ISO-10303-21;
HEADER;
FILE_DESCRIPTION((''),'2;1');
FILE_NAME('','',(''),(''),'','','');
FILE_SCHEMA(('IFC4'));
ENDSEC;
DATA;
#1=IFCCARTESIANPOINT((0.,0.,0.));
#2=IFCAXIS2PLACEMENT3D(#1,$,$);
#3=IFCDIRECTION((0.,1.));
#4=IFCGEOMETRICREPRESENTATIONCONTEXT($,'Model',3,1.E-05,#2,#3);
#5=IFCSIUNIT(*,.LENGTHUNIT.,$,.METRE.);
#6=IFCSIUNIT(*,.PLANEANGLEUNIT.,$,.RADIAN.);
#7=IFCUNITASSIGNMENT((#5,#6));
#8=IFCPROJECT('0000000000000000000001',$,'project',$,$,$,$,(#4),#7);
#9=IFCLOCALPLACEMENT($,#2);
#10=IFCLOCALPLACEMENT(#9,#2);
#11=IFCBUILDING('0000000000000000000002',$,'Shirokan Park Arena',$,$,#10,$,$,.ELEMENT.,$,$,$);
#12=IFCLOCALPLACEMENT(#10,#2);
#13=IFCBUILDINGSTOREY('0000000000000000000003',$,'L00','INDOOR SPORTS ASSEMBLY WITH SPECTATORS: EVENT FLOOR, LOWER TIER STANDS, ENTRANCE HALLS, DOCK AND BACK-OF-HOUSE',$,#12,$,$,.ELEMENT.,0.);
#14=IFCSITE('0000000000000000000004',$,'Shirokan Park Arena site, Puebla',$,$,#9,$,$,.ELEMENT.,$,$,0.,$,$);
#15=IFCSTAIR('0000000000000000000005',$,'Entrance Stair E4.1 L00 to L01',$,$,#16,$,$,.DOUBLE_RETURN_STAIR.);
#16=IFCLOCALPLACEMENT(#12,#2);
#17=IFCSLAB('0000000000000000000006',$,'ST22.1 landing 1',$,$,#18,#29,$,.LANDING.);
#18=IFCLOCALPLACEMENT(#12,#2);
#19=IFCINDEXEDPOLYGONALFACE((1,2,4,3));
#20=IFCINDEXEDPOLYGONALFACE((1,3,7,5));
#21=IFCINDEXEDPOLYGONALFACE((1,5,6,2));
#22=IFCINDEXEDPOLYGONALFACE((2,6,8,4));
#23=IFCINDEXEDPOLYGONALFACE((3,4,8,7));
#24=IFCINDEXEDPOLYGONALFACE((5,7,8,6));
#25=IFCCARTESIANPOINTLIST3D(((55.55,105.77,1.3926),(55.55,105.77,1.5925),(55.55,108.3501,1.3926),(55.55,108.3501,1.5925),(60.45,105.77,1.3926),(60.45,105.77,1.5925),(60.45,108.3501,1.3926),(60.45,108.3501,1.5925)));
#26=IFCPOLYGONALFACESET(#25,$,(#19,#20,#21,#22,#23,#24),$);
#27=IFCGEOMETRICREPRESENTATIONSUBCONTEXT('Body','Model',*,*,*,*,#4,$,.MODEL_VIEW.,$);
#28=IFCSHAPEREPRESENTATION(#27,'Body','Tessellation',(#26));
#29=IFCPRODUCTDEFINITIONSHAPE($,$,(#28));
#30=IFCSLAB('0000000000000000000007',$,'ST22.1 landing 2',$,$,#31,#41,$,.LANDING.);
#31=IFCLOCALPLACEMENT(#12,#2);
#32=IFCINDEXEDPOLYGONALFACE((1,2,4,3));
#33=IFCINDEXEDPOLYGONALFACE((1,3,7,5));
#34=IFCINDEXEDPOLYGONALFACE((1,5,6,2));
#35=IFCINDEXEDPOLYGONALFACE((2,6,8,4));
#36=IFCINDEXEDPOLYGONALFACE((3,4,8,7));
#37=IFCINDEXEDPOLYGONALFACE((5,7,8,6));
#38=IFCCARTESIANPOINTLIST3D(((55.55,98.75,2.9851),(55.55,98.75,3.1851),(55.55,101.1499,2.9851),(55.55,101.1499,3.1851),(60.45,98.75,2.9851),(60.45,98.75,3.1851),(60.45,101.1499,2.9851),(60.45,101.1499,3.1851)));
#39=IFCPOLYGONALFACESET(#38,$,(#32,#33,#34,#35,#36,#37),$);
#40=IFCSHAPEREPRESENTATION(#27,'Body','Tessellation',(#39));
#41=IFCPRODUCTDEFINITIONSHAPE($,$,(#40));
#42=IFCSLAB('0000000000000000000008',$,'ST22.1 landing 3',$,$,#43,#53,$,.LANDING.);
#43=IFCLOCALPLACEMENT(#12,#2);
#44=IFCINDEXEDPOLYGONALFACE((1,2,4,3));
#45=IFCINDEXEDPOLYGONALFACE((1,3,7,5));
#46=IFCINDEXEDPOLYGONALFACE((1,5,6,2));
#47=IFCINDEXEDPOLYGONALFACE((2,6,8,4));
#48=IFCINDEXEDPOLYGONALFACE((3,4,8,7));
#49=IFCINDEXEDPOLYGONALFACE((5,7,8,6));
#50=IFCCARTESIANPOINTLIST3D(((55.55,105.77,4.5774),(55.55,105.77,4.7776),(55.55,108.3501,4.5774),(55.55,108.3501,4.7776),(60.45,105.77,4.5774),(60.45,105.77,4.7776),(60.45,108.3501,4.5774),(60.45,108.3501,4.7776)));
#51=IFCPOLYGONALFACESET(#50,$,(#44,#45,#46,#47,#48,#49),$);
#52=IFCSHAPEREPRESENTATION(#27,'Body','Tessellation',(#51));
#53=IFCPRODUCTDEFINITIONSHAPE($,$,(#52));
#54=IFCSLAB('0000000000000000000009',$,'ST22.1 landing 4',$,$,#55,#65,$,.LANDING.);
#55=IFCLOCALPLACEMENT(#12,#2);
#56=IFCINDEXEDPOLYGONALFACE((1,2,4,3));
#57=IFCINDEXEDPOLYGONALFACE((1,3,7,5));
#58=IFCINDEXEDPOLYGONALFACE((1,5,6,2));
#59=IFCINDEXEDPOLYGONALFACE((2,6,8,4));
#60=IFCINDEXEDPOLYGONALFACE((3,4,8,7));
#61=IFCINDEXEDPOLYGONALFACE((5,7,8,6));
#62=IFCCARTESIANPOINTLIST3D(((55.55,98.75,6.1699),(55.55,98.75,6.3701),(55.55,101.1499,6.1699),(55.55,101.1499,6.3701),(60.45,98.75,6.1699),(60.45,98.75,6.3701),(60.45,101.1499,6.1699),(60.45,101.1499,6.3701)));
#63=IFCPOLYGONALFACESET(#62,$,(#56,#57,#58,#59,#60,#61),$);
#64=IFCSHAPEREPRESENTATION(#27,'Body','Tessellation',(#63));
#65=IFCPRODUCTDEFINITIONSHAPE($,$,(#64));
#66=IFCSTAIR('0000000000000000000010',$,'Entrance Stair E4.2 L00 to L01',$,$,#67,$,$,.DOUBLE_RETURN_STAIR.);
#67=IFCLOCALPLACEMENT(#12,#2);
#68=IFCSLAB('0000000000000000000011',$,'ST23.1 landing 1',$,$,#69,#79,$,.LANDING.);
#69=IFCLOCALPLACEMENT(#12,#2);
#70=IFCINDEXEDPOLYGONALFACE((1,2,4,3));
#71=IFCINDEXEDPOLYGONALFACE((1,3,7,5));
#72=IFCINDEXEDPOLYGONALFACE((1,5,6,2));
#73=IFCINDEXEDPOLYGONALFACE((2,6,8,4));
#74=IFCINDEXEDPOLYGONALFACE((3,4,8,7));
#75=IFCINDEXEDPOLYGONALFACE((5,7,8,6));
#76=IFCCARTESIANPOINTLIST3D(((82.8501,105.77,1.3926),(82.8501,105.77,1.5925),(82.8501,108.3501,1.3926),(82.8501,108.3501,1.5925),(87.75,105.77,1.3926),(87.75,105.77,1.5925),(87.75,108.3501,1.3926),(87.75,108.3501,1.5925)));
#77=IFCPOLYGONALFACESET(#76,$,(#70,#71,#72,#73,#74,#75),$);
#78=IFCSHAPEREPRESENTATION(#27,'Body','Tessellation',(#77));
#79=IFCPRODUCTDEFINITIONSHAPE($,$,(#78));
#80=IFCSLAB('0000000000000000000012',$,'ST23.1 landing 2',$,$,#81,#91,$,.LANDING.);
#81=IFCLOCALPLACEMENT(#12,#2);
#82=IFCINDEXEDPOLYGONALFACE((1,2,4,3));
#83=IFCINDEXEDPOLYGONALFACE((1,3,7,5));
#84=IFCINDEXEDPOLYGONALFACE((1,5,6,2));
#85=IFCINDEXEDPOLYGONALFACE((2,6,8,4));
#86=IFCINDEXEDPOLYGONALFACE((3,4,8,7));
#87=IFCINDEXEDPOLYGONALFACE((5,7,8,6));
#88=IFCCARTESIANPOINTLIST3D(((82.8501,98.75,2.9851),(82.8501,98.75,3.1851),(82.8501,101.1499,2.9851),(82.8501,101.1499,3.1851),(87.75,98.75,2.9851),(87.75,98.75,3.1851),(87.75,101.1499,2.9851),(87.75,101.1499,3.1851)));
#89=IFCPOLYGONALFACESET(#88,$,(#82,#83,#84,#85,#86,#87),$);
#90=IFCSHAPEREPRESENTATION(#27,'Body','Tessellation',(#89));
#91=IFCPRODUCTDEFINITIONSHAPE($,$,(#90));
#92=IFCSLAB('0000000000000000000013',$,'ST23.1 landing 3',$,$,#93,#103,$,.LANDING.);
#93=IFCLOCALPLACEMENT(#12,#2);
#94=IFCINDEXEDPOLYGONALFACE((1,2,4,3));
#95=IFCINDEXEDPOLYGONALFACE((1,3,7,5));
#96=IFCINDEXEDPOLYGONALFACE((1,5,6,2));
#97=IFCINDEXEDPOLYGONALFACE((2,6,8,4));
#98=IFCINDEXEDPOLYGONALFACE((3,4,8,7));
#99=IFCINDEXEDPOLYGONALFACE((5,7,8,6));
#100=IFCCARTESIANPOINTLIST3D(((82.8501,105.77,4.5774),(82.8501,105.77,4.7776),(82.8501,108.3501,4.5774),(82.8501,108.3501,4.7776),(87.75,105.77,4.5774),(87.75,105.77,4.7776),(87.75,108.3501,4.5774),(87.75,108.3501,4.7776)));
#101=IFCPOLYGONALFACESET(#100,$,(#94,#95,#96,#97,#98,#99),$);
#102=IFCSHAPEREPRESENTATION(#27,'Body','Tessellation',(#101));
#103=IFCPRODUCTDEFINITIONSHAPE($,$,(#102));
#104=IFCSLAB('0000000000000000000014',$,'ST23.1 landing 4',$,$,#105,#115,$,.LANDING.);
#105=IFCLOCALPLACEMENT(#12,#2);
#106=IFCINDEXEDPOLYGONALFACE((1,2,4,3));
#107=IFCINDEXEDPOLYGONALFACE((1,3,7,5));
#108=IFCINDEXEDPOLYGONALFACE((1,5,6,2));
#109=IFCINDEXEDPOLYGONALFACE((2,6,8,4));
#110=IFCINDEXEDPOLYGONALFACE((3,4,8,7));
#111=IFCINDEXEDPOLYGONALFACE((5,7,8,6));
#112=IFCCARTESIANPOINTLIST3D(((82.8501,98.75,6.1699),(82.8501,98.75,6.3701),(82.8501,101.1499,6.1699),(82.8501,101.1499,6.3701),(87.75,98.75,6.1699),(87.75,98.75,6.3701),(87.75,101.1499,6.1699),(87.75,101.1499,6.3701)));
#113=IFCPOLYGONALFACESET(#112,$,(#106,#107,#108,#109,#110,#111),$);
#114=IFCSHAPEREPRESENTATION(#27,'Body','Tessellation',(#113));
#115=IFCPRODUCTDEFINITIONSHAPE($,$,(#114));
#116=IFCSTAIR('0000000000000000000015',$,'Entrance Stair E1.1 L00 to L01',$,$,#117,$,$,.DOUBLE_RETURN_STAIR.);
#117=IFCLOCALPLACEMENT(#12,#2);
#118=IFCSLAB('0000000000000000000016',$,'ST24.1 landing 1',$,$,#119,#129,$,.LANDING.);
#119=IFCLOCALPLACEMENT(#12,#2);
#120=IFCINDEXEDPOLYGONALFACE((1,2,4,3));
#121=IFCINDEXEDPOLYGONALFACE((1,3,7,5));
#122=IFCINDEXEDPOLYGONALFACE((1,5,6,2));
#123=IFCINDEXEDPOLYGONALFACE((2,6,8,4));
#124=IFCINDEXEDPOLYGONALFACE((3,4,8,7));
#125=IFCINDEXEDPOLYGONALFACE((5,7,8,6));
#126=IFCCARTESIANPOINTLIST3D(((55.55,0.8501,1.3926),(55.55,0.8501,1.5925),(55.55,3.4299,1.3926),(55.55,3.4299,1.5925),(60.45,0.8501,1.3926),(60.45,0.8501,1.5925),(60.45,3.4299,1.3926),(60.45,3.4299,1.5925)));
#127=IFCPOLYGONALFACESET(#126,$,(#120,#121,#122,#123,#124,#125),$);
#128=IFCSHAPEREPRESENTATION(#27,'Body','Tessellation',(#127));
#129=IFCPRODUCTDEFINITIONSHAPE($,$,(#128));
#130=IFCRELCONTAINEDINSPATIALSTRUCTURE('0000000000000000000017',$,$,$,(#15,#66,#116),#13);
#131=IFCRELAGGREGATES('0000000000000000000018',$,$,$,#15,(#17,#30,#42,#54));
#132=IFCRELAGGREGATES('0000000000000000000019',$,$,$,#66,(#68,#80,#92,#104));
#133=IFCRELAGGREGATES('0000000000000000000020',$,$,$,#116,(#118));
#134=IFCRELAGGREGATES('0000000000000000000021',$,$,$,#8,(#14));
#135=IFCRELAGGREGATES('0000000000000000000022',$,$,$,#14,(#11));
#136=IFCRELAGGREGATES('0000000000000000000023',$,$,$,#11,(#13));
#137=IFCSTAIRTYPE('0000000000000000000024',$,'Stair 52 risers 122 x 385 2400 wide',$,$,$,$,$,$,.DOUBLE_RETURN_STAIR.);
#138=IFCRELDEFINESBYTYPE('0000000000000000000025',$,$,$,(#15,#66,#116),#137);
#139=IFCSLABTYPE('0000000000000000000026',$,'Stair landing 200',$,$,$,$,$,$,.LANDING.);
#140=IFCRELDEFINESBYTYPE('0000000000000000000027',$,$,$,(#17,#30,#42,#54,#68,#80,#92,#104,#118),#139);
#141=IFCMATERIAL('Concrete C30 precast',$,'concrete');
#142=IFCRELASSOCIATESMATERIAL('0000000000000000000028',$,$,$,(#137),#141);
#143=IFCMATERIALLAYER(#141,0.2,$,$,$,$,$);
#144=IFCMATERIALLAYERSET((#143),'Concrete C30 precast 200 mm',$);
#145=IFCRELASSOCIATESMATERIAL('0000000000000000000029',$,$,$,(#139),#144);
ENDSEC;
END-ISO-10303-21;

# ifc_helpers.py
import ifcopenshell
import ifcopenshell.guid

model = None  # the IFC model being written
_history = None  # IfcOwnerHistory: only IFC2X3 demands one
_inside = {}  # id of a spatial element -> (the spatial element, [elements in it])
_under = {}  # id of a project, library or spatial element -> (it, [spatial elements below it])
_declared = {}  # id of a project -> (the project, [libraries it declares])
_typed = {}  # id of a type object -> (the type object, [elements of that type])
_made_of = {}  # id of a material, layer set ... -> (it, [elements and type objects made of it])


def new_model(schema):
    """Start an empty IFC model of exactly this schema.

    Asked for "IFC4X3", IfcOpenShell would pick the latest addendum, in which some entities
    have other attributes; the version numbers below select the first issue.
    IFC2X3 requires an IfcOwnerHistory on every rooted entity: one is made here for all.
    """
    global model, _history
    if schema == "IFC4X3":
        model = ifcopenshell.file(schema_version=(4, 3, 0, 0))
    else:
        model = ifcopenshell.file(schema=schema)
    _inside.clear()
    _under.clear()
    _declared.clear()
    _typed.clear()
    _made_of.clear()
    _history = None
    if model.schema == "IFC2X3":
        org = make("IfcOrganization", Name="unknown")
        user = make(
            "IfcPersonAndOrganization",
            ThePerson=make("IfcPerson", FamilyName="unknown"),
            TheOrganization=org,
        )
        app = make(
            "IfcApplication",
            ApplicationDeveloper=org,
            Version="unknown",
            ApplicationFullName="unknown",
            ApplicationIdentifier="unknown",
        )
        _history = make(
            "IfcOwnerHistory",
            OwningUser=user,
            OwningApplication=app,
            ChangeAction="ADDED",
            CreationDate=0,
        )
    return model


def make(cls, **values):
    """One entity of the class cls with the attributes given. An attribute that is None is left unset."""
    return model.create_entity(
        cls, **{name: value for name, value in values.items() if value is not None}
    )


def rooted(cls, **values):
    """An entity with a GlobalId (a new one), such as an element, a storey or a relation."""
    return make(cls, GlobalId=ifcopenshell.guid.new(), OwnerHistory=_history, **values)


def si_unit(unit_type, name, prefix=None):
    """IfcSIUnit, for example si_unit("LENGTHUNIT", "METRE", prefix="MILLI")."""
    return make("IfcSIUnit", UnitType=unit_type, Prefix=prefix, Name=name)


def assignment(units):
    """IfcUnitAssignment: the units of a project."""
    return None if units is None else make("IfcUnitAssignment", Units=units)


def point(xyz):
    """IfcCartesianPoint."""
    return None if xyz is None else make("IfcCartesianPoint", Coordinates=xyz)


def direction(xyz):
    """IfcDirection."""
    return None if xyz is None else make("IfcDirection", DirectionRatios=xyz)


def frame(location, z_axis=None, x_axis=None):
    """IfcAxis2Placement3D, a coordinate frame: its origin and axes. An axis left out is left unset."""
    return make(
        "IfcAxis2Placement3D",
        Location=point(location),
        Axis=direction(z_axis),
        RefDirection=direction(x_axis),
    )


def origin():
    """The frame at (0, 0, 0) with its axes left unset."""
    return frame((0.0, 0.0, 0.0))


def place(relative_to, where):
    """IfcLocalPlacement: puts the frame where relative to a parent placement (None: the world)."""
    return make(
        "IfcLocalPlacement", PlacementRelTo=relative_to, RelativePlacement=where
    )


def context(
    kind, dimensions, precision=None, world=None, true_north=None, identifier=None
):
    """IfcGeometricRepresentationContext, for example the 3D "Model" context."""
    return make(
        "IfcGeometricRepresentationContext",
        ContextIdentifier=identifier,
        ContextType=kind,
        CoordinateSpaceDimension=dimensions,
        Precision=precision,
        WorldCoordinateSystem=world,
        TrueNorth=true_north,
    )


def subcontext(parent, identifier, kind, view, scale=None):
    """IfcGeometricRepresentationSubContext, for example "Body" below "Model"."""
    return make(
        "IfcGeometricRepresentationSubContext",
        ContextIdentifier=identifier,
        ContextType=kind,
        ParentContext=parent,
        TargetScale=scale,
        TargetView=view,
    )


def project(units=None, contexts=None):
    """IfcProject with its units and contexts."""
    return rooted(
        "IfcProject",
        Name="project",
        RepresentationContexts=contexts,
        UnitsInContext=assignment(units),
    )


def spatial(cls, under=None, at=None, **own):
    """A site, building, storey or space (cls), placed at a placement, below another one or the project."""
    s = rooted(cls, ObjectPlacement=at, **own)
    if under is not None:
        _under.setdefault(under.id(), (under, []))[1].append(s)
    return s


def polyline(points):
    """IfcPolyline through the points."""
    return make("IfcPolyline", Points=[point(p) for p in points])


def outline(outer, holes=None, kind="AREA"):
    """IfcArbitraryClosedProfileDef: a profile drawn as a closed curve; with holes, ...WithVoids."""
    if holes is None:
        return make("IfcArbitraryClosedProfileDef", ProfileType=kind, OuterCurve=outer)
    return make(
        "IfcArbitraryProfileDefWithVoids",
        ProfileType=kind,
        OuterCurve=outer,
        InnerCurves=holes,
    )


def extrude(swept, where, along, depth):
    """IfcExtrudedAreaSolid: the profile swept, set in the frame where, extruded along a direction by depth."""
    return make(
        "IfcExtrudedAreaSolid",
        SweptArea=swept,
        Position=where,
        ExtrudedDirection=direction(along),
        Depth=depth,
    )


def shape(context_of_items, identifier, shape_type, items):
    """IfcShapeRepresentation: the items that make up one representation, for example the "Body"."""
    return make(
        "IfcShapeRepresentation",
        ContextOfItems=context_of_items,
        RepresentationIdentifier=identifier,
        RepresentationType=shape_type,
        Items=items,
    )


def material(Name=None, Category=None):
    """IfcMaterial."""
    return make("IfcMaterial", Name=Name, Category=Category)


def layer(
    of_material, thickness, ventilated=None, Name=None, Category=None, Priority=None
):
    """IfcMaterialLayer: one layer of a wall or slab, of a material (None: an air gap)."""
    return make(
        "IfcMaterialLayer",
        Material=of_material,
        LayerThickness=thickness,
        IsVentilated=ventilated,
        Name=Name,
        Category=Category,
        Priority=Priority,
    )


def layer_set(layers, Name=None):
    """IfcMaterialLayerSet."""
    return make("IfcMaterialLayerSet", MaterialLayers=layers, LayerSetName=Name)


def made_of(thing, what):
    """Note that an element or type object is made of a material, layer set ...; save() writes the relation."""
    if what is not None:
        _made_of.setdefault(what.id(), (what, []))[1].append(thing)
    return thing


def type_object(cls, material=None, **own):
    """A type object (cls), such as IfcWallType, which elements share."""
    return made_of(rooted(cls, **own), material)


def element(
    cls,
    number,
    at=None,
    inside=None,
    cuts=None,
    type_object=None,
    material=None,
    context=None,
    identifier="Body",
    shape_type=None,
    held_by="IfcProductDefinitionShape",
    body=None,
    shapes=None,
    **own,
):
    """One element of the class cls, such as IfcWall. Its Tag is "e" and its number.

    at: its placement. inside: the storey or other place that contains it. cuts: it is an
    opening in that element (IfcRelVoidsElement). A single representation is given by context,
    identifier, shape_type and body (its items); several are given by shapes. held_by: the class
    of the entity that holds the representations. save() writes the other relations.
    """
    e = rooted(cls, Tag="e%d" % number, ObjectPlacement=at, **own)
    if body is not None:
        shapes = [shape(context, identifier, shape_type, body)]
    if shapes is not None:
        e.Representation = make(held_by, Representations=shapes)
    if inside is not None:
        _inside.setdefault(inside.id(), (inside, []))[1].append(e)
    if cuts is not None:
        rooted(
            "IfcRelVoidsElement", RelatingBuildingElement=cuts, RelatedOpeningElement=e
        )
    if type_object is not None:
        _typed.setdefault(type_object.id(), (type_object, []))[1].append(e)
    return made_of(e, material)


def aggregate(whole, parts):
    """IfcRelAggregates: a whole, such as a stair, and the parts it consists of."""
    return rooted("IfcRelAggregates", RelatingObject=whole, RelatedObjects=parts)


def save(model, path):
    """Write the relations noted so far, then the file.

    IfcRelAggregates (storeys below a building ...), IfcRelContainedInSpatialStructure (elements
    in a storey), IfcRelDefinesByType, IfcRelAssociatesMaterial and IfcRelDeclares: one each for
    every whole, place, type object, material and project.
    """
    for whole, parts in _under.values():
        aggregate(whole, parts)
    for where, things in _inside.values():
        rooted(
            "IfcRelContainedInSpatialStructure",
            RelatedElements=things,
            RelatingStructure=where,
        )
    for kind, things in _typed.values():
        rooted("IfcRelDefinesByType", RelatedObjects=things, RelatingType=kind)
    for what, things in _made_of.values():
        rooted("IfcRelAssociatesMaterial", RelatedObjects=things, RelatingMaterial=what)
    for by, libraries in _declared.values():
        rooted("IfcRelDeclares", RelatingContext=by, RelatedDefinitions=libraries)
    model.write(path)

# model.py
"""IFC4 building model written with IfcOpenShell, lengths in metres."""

from ifc_helpers import new_model, si_unit, direction, frame, origin, place, context, subcontext, project, spatial, polyline, outline, extrude, material, layer, layer_set, type_object, element, aggregate, save


model = new_model("IFC4")

# Units and contexts
model_context = context("Model", 3, precision=1e-05, world=origin(), true_north=direction((0.0, 1.0)))
body_context = subcontext(model_context, "Body", "Model", "MODEL_VIEW")
ifc_project = project(units=[si_unit("LENGTHUNIT", "METRE"), si_unit("PLANEANGLEUNIT", "RADIAN")], contexts=[model_context])

# Site, building, storey
site_placement = place(None, origin())
site = spatial("IfcSite", under=ifc_project, at=site_placement, Name="Shirokan Park Arena site, Puebla", CompositionType="ELEMENT", RefElevation=0.0)
building_placement = place(site_placement, origin())
building = spatial("IfcBuilding", under=site, at=building_placement, Name="Shirokan Park Arena", CompositionType="ELEMENT")
storey_placement = place(building_placement, origin())
storey = spatial("IfcBuildingStorey", under=building, at=storey_placement, Name="L00", Description="INDOOR SPORTS ASSEMBLY WITH SPECTATORS: EVENT FLOOR, LOWER TIER STANDS, ENTRANCE HALLS, DOCK AND BACK-OF-HOUSE", CompositionType="ELEMENT", Elevation=0.0)

# Stairs, slabs
ifc_material = material(Name="Concrete C30 precast", Category="concrete")
stair_type = type_object("IfcStairType", Name="Stair 52 risers 122 x 385 2400 wide", PredefinedType="DOUBLE_RETURN_STAIR", material=ifc_material)
ifc_layer = layer(ifc_material, 0.2)
ifc_layer_set = layer_set([ifc_layer], Name="Concrete C30 precast 200 mm")
slab_type = type_object("IfcSlabType", Name="Stair landing 200", PredefinedType="LANDING", material=ifc_layer_set)
stair_1_placement = place(storey_placement, origin())
stair_1 = element("IfcStair", 1, at=stair_1_placement, inside=storey, type_object=stair_type, Name="Entrance Stair E4.1 L00 to L01", PredefinedType="DOUBLE_RETURN_STAIR")
slab_1_placement = place(storey_placement, frame((0.0, 0.0, 1.3926)))
slab_1 = element("IfcSlab", 2, at=slab_1_placement, type_object=slab_type, Name="ST22.1 landing 1", PredefinedType="LANDING", context=body_context, shape_type="SweptSolid", body=[
    extrude(outline(polyline([(55.55, 105.77), (60.45, 105.77), (60.45, 108.3501), (55.55, 108.3501), (55.55, 105.77)])), origin(), (0.0, 0.0, 1.0), 0.2),
])
slab_2_placement = place(storey_placement, frame((0.0, 0.0, 2.9851)))
slab_2 = element("IfcSlab", 3, at=slab_2_placement, type_object=slab_type, Name="ST22.1 landing 2", PredefinedType="LANDING", context=body_context, shape_type="SweptSolid", body=[
    extrude(outline(polyline([(55.55, 98.75), (60.45, 98.75), (60.45, 101.1499), (55.55, 101.1499), (55.55, 98.75)])), origin(), (0.0, 0.0, 1.0), 0.2),
])
slab_3_placement = place(storey_placement, frame((0.0, 0.0, 4.5774)))
slab_3 = element("IfcSlab", 4, at=slab_3_placement, type_object=slab_type, Name="ST22.1 landing 3", PredefinedType="LANDING", context=body_context, shape_type="SweptSolid", body=[
    extrude(outline(polyline([(55.55, 105.77), (60.45, 105.77), (60.45, 108.3501), (55.55, 108.3501), (55.55, 105.77)])), origin(), (0.0, 0.0, 1.0), 0.2002),
])
slab_4_placement = place(storey_placement, frame((0.0, 0.0, 6.1699)))
slab_4 = element("IfcSlab", 5, at=slab_4_placement, type_object=slab_type, Name="ST22.1 landing 4", PredefinedType="LANDING", context=body_context, shape_type="SweptSolid", body=[
    extrude(outline(polyline([(55.55, 98.75), (60.45, 98.75), (60.45, 101.1499), (55.55, 101.1499), (55.55, 98.75)])), origin(), (0.0, 0.0, 1.0), 0.2002),
])
aggregate(stair_1, [slab_1, slab_2, slab_3, slab_4])
stair_2_placement = place(storey_placement, origin())
stair_2 = element("IfcStair", 6, at=stair_2_placement, inside=storey, type_object=stair_type, Name="Entrance Stair E4.2 L00 to L01", PredefinedType="DOUBLE_RETURN_STAIR")
slab_5_placement = place(storey_placement, frame((0.0, 0.0, 1.3926)))
slab_5 = element("IfcSlab", 7, at=slab_5_placement, type_object=slab_type, Name="ST23.1 landing 1", PredefinedType="LANDING", context=body_context, shape_type="SweptSolid", body=[
    extrude(outline(polyline([(82.8501, 105.77), (87.75, 105.77), (87.75, 108.3501), (82.8501, 108.3501), (82.8501, 105.77)])), origin(), (0.0, 0.0, 1.0), 0.2),
])
slab_6_placement = place(storey_placement, frame((0.0, 0.0, 2.9851)))
slab_6 = element("IfcSlab", 8, at=slab_6_placement, type_object=slab_type, Name="ST23.1 landing 2", PredefinedType="LANDING", context=body_context, shape_type="SweptSolid", body=[
    extrude(outline(polyline([(82.8501, 98.75), (87.75, 98.75), (87.75, 101.1499), (82.8501, 101.1499), (82.8501, 98.75)])), origin(), (0.0, 0.0, 1.0), 0.2),
])
slab_7_placement = place(storey_placement, frame((0.0, 0.0, 4.5774)))
slab_7 = element("IfcSlab", 9, at=slab_7_placement, type_object=slab_type, Name="ST23.1 landing 3", PredefinedType="LANDING", context=body_context, shape_type="SweptSolid", body=[
    extrude(outline(polyline([(82.8501, 105.77), (87.75, 105.77), (87.75, 108.3501), (82.8501, 108.3501), (82.8501, 105.77)])), origin(), (0.0, 0.0, 1.0), 0.2002),
])
slab_8_placement = place(storey_placement, frame((0.0, 0.0, 6.1699)))
slab_8 = element("IfcSlab", 10, at=slab_8_placement, type_object=slab_type, Name="ST23.1 landing 4", PredefinedType="LANDING", context=body_context, shape_type="SweptSolid", body=[
    extrude(outline(polyline([(82.8501, 98.75), (87.75, 98.75), (87.75, 101.1499), (82.8501, 101.1499), (82.8501, 98.75)])), origin(), (0.0, 0.0, 1.0), 0.2002),
])
aggregate(stair_2, [slab_5, slab_6, slab_7, slab_8])

# Stair, slab
stair_3_placement = place(storey_placement, origin())
stair_3 = element("IfcStair", 11, at=stair_3_placement, inside=storey, type_object=stair_type, Name="Entrance Stair E1.1 L00 to L01", PredefinedType="DOUBLE_RETURN_STAIR")
slab_9_placement = place(storey_placement, frame((0.0, 0.0, 1.3926)))
slab_9 = element("IfcSlab", 12, at=slab_9_placement, type_object=slab_type, Name="ST24.1 landing 1", PredefinedType="LANDING", context=body_context, shape_type="SweptSolid", body=[
    extrude(outline(polyline([(55.55, 0.8501), (60.45, 0.8501), (60.45, 3.4299), (55.55, 3.4299), (55.55, 0.8501)])), origin(), (0.0, 0.0, 1.0), 0.2),
])
aggregate(stair_3, [slab_9])

save(model, "model.ifc")
